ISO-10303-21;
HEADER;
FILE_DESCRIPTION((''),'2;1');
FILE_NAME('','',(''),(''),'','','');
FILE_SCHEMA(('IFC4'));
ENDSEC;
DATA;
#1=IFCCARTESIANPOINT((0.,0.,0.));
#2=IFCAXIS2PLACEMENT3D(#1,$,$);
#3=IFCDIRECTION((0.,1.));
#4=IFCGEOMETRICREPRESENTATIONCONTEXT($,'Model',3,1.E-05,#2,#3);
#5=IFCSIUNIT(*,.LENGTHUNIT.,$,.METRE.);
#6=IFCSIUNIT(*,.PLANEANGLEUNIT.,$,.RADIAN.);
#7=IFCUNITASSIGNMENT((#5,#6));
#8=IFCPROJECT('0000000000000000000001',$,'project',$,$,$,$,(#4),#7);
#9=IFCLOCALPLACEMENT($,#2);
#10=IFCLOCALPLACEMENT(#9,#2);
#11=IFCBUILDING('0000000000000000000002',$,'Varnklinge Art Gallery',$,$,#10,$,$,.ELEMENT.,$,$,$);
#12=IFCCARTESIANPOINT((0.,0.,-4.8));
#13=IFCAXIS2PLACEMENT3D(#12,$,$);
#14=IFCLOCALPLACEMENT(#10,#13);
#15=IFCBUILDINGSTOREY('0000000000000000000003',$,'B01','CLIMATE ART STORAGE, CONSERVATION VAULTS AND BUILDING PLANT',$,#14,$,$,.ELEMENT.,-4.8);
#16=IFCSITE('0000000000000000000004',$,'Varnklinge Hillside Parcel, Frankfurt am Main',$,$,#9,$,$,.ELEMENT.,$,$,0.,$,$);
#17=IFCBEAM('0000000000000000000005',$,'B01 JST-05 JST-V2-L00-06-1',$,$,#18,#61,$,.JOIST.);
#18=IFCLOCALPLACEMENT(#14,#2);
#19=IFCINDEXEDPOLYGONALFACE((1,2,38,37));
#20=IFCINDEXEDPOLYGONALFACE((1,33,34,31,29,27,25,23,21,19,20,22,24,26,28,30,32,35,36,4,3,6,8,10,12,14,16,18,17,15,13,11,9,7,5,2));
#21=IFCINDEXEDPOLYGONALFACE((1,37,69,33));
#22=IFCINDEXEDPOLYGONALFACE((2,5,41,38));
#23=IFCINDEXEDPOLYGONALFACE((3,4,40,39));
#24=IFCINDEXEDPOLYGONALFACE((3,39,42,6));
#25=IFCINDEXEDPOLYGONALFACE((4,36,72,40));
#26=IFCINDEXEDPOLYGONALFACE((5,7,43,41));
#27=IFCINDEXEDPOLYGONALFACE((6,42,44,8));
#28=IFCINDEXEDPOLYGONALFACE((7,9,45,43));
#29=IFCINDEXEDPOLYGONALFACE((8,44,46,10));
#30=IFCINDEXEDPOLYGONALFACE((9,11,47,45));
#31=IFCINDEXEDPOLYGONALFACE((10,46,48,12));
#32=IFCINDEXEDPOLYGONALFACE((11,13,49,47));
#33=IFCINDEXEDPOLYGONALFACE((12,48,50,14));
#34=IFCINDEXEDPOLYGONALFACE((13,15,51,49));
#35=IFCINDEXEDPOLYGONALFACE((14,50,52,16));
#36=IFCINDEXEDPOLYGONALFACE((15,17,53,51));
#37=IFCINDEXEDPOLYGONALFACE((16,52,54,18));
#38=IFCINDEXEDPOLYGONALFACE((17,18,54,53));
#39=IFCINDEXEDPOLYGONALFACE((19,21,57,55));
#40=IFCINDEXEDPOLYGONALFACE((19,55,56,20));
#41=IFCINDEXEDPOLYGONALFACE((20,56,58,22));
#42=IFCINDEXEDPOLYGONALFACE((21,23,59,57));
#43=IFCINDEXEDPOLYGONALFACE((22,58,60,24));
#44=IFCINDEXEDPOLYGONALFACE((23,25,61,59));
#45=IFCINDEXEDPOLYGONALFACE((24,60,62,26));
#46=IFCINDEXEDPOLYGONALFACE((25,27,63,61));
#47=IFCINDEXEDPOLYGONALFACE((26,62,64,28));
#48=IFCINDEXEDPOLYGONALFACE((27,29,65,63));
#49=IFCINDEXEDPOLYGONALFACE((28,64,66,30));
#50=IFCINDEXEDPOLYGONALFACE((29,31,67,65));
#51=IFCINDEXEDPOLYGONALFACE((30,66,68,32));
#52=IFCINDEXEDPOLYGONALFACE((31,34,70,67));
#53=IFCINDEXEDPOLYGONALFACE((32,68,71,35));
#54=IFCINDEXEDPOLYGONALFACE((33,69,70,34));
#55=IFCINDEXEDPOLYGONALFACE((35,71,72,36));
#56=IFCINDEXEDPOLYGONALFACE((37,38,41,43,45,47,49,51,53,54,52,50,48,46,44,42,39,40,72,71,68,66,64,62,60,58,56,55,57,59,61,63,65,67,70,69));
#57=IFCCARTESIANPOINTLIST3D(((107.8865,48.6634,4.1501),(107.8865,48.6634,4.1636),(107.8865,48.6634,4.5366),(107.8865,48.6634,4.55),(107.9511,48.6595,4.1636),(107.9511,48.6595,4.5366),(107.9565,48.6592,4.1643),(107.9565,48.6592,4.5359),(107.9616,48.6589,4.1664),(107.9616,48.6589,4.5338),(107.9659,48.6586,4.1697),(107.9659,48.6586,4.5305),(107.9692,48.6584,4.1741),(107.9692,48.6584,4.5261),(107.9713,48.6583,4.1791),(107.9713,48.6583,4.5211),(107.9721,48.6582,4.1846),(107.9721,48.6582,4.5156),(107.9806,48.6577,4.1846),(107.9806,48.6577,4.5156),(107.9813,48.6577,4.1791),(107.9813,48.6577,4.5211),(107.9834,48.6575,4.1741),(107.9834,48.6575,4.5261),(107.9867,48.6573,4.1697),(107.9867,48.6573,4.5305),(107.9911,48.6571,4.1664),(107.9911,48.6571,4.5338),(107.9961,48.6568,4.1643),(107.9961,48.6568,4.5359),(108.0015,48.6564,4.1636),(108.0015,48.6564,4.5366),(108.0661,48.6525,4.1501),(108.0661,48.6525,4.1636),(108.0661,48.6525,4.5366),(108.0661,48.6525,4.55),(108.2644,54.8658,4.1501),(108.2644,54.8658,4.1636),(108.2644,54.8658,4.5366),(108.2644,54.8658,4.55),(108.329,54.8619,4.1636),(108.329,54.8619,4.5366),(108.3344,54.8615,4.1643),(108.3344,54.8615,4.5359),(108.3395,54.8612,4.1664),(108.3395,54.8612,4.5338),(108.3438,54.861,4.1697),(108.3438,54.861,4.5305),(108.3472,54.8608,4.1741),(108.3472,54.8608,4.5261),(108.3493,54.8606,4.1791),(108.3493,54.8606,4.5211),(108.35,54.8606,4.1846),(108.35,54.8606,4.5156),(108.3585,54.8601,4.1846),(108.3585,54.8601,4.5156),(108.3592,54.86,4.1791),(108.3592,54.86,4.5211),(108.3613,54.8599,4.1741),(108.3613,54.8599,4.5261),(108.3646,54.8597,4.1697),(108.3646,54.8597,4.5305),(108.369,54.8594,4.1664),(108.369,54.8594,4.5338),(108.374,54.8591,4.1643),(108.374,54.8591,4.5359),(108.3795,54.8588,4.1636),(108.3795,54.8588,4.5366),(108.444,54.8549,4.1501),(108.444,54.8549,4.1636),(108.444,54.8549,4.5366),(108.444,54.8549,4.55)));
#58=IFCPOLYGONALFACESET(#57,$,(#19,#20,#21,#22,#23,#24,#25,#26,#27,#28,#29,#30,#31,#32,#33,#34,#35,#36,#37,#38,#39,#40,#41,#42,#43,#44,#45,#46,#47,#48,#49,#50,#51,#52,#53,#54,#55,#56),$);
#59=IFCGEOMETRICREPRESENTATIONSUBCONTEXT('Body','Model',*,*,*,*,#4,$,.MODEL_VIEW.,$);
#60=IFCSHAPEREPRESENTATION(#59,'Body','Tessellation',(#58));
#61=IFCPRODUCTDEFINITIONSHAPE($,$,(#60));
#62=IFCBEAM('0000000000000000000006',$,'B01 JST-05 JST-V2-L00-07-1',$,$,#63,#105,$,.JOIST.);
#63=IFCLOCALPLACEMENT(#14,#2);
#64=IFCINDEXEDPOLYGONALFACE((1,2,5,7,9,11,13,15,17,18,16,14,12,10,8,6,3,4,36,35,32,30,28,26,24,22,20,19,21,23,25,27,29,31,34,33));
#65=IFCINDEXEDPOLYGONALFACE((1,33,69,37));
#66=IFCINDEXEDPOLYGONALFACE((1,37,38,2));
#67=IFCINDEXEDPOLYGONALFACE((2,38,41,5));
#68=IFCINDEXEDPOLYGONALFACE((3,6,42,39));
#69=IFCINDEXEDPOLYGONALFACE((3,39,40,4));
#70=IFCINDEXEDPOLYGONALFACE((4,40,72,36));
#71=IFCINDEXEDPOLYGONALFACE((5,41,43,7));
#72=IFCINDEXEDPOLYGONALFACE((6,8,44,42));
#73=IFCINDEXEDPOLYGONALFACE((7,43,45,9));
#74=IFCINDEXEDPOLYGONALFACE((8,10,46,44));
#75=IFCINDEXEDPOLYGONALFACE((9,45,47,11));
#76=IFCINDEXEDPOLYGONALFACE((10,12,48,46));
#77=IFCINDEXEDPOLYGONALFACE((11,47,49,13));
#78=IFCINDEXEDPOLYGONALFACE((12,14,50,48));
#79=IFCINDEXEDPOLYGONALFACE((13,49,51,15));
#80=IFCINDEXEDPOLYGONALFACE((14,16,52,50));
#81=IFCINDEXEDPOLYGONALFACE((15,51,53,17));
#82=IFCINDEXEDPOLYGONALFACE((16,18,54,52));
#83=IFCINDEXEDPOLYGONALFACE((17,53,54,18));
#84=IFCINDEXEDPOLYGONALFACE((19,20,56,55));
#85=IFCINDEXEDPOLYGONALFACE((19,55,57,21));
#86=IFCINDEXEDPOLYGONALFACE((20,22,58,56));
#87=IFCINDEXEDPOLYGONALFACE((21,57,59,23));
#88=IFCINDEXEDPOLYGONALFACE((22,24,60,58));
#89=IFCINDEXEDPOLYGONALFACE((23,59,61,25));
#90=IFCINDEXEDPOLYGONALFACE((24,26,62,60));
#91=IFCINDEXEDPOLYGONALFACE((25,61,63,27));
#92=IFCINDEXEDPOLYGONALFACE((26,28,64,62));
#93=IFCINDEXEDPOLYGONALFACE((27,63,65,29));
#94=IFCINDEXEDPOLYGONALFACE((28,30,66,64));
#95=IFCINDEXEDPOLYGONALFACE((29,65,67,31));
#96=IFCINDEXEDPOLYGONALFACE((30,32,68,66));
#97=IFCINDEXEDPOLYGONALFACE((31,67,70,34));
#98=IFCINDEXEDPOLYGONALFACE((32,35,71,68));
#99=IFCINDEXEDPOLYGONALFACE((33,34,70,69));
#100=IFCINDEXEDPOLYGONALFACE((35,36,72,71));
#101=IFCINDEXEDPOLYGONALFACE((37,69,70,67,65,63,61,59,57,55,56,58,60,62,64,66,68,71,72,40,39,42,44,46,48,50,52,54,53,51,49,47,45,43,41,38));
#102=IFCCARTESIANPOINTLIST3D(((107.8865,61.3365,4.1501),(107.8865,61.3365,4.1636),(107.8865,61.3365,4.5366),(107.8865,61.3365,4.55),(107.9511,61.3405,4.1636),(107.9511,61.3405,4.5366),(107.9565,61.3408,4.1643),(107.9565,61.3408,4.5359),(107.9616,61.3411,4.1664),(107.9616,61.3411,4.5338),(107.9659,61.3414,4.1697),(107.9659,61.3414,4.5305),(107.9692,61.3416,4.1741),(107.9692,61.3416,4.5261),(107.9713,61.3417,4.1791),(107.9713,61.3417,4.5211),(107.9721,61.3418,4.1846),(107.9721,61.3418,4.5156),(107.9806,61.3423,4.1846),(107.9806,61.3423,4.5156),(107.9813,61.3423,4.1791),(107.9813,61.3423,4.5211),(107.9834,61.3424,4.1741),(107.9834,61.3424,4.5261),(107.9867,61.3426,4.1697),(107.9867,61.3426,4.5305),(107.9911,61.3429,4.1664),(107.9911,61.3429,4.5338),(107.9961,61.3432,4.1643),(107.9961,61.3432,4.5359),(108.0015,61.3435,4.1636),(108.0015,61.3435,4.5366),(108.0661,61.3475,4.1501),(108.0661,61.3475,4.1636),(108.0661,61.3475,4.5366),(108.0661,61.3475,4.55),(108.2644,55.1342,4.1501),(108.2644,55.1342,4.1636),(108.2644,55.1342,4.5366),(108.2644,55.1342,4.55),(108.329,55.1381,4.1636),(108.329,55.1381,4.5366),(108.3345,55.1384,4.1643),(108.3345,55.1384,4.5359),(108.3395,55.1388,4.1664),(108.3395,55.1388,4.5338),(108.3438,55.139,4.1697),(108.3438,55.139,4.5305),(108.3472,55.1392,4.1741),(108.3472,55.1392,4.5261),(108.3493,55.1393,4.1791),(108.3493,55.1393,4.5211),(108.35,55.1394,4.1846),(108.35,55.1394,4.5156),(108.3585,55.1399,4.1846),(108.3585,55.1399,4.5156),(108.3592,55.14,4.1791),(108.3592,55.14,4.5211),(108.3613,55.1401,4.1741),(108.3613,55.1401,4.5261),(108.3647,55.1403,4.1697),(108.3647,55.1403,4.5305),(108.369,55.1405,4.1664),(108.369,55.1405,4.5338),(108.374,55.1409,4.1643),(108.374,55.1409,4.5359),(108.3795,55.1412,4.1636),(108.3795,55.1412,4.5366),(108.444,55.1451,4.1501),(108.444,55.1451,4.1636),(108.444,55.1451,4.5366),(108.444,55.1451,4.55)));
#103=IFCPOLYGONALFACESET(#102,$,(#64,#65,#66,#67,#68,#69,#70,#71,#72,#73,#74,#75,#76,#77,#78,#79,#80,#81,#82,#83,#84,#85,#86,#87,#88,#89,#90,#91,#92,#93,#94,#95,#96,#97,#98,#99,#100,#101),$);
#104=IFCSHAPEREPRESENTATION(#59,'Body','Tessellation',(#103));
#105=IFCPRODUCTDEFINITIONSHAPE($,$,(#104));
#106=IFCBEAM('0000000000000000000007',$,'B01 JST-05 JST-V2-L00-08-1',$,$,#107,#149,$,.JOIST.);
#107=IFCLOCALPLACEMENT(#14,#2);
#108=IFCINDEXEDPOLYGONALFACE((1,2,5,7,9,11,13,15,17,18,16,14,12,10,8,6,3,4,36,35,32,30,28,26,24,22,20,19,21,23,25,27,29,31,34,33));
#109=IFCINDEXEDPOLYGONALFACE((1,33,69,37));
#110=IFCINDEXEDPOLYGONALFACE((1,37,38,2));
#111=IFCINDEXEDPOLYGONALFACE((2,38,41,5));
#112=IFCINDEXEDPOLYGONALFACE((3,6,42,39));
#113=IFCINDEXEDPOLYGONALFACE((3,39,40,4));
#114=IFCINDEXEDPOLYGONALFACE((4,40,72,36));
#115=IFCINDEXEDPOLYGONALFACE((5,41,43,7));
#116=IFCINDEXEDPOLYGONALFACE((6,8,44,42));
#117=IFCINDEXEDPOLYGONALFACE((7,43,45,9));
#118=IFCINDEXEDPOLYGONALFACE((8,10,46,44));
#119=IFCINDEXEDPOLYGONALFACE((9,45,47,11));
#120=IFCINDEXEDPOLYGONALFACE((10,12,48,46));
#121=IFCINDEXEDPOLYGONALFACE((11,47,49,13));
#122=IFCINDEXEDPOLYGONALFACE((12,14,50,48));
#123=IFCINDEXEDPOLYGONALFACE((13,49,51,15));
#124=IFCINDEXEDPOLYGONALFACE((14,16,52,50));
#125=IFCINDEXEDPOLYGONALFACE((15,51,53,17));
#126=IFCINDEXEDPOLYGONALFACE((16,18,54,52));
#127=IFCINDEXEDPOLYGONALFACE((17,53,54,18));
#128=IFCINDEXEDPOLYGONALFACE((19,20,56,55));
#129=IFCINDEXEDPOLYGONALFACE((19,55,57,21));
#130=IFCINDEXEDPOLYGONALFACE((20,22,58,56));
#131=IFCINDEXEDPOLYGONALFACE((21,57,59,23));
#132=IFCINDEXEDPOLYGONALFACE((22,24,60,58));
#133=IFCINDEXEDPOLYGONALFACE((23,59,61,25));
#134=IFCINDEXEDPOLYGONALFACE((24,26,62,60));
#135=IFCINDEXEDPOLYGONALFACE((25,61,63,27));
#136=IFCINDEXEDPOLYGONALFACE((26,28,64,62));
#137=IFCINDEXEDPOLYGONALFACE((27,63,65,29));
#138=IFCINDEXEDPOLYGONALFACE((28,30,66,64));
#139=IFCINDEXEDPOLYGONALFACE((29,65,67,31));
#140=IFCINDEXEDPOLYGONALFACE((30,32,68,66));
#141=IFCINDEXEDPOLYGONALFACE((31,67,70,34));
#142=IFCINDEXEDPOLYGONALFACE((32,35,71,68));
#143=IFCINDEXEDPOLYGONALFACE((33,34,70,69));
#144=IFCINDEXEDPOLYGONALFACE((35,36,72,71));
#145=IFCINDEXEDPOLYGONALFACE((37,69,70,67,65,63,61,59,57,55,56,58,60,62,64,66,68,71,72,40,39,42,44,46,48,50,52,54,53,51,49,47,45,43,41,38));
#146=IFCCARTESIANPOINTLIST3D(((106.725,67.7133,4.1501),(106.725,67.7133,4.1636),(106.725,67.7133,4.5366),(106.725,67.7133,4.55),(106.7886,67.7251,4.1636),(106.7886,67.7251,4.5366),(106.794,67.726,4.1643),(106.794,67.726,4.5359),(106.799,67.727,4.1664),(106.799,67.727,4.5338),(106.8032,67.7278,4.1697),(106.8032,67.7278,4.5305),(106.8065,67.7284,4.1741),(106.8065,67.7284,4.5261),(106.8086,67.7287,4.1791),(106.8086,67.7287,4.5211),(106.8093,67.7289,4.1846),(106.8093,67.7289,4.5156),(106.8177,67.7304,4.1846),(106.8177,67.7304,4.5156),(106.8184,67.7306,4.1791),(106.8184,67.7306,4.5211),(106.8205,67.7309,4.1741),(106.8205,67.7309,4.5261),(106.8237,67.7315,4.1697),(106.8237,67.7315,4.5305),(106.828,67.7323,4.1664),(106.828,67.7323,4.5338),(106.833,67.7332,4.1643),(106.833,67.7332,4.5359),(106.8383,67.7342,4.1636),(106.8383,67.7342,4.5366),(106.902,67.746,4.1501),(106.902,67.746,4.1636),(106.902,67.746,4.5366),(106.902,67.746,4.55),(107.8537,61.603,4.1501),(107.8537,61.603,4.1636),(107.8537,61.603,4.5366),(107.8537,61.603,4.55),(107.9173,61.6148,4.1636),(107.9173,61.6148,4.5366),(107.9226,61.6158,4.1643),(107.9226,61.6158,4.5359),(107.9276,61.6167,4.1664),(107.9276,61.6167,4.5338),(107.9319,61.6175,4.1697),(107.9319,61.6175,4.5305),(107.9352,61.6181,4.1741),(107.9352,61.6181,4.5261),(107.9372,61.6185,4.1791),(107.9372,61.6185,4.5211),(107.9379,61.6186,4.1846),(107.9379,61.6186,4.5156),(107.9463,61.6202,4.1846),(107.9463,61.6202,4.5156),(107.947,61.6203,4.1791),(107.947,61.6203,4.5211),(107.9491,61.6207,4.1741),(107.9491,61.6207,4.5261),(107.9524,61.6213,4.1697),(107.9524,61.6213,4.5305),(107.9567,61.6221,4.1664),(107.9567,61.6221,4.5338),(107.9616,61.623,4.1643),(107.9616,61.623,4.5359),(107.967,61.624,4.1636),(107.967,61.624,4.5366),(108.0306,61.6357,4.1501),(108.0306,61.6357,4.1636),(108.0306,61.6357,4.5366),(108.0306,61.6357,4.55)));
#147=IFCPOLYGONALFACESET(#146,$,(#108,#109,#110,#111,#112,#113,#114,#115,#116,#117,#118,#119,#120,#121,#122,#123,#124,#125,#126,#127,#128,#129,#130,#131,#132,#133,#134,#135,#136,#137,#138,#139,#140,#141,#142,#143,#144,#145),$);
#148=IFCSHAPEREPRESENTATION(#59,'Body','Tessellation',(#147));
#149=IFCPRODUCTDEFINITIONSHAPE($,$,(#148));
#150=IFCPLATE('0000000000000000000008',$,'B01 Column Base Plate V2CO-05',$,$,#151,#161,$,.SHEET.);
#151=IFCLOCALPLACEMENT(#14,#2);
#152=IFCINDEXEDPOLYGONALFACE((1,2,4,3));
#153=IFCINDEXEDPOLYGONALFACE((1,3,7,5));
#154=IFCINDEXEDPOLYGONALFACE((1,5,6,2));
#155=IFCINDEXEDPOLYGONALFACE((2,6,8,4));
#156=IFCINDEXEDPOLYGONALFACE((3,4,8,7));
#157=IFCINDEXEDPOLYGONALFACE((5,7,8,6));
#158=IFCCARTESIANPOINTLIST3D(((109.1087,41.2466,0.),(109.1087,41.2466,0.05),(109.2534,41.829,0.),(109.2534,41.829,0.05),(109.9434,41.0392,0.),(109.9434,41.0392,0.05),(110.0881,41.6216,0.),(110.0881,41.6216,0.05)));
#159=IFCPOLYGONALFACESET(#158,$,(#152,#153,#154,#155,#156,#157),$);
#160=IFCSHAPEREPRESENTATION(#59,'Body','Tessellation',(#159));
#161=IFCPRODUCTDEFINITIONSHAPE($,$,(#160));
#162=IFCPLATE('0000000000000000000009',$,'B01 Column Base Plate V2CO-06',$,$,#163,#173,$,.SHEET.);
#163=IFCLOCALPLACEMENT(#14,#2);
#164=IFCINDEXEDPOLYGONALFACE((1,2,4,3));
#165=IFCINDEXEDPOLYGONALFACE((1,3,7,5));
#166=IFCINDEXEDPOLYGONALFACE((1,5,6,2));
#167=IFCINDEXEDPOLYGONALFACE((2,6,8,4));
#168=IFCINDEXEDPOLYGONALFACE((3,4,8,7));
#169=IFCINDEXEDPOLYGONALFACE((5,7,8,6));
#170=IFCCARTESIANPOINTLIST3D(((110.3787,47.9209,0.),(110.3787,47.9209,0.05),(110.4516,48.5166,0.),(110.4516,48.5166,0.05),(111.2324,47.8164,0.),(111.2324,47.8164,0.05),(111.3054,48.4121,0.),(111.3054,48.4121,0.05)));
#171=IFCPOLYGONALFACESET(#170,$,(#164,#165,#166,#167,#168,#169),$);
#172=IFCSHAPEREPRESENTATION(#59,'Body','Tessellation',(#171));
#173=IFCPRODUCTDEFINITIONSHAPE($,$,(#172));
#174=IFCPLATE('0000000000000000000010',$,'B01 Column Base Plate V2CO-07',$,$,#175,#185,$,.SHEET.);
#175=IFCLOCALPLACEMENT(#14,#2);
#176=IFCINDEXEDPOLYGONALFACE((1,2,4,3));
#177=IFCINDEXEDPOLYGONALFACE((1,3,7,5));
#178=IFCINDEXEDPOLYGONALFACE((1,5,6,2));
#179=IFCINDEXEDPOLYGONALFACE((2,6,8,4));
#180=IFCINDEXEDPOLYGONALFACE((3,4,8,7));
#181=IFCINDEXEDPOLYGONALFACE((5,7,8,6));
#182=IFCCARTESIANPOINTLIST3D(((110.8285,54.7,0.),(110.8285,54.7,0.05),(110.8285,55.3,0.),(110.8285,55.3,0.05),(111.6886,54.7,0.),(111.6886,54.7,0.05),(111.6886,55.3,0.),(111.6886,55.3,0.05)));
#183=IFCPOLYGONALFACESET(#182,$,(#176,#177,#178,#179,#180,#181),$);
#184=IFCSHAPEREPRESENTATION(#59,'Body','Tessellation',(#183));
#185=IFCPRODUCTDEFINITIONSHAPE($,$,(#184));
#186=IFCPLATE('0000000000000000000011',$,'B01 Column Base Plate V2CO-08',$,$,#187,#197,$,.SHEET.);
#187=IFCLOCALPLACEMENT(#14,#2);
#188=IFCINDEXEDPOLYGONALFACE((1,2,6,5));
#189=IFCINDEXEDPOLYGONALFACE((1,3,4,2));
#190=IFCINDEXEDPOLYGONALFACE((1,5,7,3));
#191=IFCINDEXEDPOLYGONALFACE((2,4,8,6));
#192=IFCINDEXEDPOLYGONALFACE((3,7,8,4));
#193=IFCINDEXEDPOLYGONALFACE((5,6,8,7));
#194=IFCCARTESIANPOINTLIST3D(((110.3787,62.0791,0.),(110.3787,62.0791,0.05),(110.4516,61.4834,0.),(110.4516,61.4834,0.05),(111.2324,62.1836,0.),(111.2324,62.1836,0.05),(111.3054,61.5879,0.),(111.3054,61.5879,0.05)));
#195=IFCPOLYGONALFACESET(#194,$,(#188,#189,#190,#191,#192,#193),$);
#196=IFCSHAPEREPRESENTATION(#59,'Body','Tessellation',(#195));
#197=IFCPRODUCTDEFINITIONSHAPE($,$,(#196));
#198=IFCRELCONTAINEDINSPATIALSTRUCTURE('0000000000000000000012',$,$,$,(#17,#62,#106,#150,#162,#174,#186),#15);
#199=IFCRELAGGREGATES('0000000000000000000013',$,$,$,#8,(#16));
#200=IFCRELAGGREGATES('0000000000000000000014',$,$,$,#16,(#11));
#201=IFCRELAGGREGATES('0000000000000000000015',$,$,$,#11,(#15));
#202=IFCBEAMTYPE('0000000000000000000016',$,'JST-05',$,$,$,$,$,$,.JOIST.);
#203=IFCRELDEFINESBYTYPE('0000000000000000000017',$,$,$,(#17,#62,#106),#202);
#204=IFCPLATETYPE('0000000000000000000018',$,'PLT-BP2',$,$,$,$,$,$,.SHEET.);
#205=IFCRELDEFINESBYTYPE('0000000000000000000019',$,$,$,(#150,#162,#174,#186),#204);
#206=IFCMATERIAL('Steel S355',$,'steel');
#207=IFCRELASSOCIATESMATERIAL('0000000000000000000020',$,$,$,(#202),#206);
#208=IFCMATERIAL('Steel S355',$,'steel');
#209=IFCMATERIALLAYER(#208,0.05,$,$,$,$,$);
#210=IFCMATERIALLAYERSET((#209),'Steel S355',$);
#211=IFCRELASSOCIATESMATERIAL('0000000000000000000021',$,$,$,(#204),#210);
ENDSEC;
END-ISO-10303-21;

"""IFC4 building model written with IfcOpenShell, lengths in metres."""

from ifc_helpers import new_model, si_unit, direction, frame, origin, origin_2d, place, context, subcontext, project, spatial, rectangle, i_section, extrude, material, layer, layer_set, material_profile, profile_set, type_object, element, save


model = new_model("IFC4")

# Units and contexts
model_context = context("Model", 3, precision=1e-05, world=origin(), true_north=direction((0.0, 1.0)))
body_context = subcontext(model_context, "Body", "Model", "MODEL_VIEW")
ifc_project = project(units=[si_unit("LENGTHUNIT", "METRE"), si_unit("PLANEANGLEUNIT", "RADIAN")], contexts=[model_context])

# Site, building, storey
site_placement = place(None, origin())
site = spatial("IfcSite", under=ifc_project, at=site_placement, Name="Varnklinge Hillside Parcel, Frankfurt am Main", CompositionType="ELEMENT", RefElevation=0.0)
building_placement = place(site_placement, origin())
building = spatial("IfcBuilding", under=site, at=building_placement, Name="Varnklinge Art Gallery", CompositionType="ELEMENT")
storey_placement = place(building_placement, frame((0.0, 0.0, -4.8)))
storey = spatial("IfcBuildingStorey", under=building, at=storey_placement, Name="B01", Description="CLIMATE ART STORAGE, CONSERVATION VAULTS AND BUILDING PLANT", CompositionType="ELEMENT", Elevation=-4.8)

# Beams
ifc_material_1 = material(Name="Steel S355", Category="steel")
ifc_material_profile_1 = material_profile(ifc_material_1, i_section(OverallWidth=0.1799, OverallDepth=0.3999, WebThickness=0.0085, FlangeThickness=0.0134, FilletRadius=0.021, at=origin_2d()), Name="IPE 400")
ifc_profile_set_1 = profile_set([ifc_material_profile_1], Name="Steel S355")
beam_type_1 = type_object("IfcBeamType", Name="JST-05", PredefinedType="JOIST", material=ifc_profile_set_1)
for number, where, z_axis, x_axis, name in (
    (1, (107.9763, 48.658, 4.3501), (0.06082, 0.998149, 0.0), (-0.998149, 0.06082, 0.0), "B01 JST-05 JST-V2-L00-06-1"),
    (2, (108.3542, 55.1396, 4.3501), (-0.06082, 0.998149, 0.0), (-0.998149, -0.06082, 0.0), "B01 JST-05 JST-V2-L00-07-1"),
):
    element("IfcBeam", number, at=place(storey_placement, frame(where, z_axis=z_axis, x_axis=x_axis)), inside=storey, type_object=beam_type_1, Name=name, PredefinedType="JOIST", context=body_context, shape_type="SweptSolid", body=[
        extrude(i_section(OverallWidth=0.1799, OverallDepth=0.3999, WebThickness=0.0085, FlangeThickness=0.0134, FilletRadius=0.021, at=origin_2d()), origin(), (0.0, 0.0, 1.0), 6.2139),
    ])
beam_1_placement = place(storey_placement, frame((107.9421, 61.6194, 4.3501), z_axis=(-0.18164, 0.983365, 0.0), x_axis=(-0.983365, -0.18164, 0.0)))
element("IfcBeam", 3, at=beam_1_placement, inside=storey, type_object=beam_type_1, Name="B01 JST-05 JST-V2-L00-08-1", PredefinedType="JOIST", context=body_context, shape_type="SweptSolid", body=[
    extrude(i_section(OverallWidth=0.1799, OverallDepth=0.3999, WebThickness=0.0085, FlangeThickness=0.0134, FilletRadius=0.021, at=origin_2d()), origin(), (0.0, 0.0, 1.0), 6.2136),
])

# Plates
ifc_material_2 = material(Name="Steel S355", Category="steel")
ifc_layer = layer(ifc_material_2, 0.05)
ifc_layer_set = layer_set([ifc_layer], Name="Steel S355")
plate_type = type_object("IfcPlateType", Name="PLT-BP2", PredefinedType="SHEET", material=ifc_layer_set)
for number, where, z_axis, x_axis, name in (
    (4, (109.5984, 41.4341, 0.0), (0.0, 0.0, 1.0), (-0.970506, 0.241075, 0.0), "B01 Column Base Plate V2CO-05"),
    (5, (110.842, 48.1665, 0.0), (0.0, 0.0, 1.0), (-0.992589, 0.121523, 0.0), "B01 Column Base Plate V2CO-06"),
    (6, (111.2585, 55.0, 0.0), (0.0, 0.0, 1.0), (-1.0, 0.0, 0.0), "B01 Column Base Plate V2CO-07"),
    (7, (110.842, 61.8335, 0.0), (0.0, 0.0, 1.0), (-0.992589, -0.121523, 0.0), "B01 Column Base Plate V2CO-08"),
):
    element("IfcPlate", number, at=place(storey_placement, frame(where, z_axis=z_axis, x_axis=x_axis)), inside=storey, type_object=plate_type, Name=name, PredefinedType="SHEET", context=body_context, shape_type="SweptSolid", body=[
        extrude(rectangle(XDim=0.8601, YDim=0.6001, at=origin_2d()), origin(), (0.0, 0.0, 1.0), 0.05),
    ])

save(model, "model.ifc")
